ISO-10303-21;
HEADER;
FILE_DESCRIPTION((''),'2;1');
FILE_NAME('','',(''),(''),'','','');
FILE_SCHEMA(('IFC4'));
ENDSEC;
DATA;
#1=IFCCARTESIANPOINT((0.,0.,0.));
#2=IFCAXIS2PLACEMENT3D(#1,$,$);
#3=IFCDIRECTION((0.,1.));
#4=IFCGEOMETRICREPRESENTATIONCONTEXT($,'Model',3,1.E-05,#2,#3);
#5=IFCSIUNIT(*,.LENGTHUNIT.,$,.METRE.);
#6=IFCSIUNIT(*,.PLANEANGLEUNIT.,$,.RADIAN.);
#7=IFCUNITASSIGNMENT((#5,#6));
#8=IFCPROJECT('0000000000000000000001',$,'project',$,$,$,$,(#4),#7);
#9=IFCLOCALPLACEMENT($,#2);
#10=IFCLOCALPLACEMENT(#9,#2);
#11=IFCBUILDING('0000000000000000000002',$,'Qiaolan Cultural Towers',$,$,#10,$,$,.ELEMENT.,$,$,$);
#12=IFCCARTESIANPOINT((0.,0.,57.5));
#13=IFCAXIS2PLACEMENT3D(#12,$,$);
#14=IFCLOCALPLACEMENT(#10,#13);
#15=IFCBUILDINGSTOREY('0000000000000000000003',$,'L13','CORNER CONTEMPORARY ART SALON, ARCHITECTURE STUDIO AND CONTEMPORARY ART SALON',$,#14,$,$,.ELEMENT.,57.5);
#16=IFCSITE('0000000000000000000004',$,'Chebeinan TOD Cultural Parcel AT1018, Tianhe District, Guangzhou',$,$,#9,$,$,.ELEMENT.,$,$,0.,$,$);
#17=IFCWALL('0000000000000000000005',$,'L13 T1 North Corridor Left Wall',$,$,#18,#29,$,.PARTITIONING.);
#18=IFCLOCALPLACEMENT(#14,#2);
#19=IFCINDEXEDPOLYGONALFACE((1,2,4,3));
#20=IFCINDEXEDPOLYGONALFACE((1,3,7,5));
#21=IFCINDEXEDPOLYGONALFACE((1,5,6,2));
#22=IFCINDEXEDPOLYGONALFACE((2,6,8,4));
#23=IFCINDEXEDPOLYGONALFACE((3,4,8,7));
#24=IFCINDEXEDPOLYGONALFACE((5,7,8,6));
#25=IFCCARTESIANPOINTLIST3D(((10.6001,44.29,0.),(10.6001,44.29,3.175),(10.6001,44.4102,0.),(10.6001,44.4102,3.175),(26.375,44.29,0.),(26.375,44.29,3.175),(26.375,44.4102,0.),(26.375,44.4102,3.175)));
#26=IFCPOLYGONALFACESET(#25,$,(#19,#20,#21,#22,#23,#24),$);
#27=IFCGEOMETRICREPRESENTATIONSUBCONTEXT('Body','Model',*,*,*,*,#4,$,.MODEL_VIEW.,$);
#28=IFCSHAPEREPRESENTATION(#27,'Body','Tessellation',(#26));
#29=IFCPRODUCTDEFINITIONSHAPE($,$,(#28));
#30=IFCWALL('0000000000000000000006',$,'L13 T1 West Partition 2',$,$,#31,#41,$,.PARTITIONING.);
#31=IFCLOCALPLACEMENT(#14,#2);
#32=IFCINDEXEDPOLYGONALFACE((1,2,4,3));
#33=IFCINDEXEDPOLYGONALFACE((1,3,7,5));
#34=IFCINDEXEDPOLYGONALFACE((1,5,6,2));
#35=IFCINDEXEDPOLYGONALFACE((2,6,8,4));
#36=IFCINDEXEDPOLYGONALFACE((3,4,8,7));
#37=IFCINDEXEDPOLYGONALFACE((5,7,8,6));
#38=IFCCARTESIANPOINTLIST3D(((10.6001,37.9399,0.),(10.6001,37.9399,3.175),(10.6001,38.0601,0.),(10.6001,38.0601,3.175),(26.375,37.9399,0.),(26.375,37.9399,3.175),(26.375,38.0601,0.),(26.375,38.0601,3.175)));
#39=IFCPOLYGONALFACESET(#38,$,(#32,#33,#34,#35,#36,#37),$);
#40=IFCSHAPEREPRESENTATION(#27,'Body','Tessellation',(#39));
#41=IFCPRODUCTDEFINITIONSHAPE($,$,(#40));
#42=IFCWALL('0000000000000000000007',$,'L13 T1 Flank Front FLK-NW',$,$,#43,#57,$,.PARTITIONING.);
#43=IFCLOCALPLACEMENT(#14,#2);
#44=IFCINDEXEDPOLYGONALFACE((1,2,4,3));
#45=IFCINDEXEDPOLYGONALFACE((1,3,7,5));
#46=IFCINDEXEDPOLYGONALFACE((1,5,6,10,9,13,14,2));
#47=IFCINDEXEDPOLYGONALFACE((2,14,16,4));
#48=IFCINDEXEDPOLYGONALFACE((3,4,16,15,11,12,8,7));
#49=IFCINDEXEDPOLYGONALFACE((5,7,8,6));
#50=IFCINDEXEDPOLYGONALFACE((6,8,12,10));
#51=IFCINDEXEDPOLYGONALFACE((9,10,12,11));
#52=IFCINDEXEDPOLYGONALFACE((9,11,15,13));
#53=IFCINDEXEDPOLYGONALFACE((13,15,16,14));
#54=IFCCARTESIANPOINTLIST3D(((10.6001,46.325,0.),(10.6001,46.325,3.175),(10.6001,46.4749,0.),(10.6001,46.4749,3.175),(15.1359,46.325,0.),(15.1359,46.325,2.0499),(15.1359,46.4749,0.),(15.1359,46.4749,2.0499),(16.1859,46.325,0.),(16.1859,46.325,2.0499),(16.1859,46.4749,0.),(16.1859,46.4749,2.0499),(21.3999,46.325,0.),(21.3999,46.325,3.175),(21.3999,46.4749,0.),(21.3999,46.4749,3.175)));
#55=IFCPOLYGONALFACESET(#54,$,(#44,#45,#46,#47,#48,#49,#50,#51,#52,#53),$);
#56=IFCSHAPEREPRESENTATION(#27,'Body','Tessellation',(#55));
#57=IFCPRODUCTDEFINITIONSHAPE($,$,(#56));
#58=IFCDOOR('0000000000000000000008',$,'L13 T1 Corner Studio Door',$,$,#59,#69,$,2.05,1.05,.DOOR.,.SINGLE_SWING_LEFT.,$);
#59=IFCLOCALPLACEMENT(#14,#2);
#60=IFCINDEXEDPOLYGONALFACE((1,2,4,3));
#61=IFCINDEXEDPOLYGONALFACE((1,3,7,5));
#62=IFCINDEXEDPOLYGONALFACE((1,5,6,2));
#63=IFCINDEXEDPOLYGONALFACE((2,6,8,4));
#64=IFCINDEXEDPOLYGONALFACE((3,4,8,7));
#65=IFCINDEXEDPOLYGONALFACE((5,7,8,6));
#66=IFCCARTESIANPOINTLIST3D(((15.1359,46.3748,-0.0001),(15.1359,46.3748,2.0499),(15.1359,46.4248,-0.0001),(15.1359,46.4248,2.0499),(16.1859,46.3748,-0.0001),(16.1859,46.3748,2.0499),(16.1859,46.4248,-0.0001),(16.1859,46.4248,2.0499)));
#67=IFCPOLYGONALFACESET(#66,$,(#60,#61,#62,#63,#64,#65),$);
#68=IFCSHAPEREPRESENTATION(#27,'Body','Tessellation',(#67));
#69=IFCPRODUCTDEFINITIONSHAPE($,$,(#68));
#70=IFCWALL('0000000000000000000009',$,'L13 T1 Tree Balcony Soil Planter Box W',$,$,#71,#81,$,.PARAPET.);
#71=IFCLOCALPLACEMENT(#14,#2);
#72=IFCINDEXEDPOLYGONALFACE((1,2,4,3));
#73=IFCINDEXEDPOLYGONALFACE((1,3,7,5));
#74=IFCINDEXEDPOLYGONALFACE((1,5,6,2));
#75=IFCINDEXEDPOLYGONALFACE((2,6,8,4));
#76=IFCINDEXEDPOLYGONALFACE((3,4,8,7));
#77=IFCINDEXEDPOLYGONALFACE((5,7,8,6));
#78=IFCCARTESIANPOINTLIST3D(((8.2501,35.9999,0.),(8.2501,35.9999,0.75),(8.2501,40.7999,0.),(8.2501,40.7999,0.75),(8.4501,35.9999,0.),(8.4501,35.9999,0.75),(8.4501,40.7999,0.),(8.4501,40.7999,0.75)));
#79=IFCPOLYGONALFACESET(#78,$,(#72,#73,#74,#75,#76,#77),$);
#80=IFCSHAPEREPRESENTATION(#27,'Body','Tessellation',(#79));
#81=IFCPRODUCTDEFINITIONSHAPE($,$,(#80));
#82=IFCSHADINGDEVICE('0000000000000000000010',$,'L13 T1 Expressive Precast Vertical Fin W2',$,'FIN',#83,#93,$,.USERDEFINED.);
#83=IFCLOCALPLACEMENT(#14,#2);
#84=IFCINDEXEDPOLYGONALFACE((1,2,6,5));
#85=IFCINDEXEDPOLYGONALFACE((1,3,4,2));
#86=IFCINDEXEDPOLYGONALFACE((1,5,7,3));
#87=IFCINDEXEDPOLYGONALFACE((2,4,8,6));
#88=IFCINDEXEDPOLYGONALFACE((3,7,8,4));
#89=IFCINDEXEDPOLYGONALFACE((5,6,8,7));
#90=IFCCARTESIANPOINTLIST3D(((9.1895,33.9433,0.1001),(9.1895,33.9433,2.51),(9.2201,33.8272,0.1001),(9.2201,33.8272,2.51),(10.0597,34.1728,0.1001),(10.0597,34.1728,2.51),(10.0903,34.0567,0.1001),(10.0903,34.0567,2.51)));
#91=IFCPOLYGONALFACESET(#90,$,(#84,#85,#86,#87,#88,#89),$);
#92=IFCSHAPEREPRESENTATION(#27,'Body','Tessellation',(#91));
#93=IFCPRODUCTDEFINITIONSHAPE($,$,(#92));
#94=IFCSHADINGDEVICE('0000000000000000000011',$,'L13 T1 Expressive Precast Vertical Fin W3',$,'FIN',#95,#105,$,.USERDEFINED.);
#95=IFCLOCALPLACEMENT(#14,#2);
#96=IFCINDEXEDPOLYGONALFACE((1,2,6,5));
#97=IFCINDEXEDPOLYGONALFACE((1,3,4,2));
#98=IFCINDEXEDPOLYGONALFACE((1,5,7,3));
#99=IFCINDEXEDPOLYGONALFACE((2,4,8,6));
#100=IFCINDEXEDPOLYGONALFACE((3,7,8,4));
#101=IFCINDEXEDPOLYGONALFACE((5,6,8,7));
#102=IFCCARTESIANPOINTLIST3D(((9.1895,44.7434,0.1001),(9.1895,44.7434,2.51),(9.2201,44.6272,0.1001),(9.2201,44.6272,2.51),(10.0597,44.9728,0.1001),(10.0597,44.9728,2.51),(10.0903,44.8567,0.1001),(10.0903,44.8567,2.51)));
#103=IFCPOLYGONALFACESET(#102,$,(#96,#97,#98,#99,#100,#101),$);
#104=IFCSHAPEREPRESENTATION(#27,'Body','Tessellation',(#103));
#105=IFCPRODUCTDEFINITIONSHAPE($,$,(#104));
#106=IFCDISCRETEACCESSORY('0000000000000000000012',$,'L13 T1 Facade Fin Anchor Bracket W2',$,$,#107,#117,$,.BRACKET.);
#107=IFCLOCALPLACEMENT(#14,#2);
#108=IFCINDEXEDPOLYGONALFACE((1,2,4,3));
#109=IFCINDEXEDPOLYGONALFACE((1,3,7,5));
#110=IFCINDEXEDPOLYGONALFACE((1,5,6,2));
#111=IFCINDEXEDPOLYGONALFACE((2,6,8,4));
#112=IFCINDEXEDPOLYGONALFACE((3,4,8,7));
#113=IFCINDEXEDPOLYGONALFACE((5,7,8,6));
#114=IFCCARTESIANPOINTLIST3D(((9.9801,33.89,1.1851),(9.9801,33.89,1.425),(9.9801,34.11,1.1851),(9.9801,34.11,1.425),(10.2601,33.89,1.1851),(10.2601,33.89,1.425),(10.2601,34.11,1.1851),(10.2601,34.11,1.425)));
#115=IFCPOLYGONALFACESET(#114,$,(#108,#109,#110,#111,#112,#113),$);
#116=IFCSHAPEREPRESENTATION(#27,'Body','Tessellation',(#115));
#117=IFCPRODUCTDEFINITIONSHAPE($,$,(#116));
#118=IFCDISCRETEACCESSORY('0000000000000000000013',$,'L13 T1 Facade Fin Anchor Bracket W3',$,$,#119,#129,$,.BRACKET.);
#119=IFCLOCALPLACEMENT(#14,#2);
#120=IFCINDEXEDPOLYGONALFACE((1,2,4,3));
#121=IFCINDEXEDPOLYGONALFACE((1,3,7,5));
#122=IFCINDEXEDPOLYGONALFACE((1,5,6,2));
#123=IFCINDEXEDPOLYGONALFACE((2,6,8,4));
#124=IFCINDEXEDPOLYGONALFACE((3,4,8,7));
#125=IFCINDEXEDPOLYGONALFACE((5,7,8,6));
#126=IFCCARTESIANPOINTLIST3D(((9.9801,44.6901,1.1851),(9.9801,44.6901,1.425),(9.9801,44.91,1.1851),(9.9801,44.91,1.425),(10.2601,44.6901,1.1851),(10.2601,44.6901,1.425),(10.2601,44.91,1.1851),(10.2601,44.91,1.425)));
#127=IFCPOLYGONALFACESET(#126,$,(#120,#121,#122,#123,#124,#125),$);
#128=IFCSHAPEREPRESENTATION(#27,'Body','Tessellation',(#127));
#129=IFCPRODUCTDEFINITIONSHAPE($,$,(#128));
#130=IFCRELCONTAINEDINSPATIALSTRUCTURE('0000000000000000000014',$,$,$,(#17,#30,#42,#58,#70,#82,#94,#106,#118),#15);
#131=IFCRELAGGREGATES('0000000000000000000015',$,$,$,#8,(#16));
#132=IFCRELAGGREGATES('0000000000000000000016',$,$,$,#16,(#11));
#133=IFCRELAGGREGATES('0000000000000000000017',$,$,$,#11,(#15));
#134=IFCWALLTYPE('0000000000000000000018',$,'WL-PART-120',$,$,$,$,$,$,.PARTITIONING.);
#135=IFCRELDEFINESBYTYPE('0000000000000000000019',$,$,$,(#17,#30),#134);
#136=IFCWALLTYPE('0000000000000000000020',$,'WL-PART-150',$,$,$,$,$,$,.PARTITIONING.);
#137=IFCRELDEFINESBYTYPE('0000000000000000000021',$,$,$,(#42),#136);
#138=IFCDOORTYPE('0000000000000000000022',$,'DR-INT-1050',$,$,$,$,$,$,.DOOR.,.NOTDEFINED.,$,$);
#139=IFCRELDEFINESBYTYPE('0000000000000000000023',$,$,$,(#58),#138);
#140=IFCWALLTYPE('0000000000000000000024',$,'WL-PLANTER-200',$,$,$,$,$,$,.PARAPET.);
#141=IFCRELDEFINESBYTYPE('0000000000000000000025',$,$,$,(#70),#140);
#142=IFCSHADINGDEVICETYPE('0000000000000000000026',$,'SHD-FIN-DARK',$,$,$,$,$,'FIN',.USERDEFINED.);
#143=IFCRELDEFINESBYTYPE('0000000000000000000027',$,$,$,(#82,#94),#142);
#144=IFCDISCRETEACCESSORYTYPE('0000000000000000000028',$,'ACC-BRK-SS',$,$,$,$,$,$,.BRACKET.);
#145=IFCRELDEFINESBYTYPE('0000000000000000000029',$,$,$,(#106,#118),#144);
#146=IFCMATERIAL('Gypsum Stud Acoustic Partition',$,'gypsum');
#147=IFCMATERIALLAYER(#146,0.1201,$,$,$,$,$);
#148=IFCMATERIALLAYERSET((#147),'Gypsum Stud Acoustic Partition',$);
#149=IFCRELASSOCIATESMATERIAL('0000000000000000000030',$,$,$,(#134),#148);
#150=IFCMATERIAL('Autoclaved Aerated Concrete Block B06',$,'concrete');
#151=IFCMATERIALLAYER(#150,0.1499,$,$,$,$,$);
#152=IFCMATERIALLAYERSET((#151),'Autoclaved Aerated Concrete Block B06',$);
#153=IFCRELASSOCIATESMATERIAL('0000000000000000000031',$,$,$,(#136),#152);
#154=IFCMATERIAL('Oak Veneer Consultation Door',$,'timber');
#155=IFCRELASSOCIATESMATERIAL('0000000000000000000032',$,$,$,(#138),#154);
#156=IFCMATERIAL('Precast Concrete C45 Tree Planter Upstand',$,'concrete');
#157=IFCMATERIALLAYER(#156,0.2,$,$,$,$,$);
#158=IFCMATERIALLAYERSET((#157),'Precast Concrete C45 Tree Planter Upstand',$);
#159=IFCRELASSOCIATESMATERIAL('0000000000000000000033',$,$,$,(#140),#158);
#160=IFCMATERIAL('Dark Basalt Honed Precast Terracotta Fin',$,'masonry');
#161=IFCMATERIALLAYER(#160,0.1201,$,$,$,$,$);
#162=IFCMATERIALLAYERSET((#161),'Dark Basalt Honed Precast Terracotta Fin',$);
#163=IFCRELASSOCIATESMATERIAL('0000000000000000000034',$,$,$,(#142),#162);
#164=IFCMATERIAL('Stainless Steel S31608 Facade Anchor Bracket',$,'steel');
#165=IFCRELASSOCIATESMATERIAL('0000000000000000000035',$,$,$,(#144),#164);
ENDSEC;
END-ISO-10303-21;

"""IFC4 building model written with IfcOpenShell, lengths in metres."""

from ifc_helpers import new_model, si_unit, direction, frame, frame_2d, origin, origin_2d, place, context, subcontext, project, spatial, rectangle, extrude, material, layer, layer_set, type_object, element, fill, save


model = new_model("IFC4")

# Units and contexts
model_context = context("Model", 3, precision=1e-05, world=origin(), true_north=direction((0.0, 1.0)))
body_context = subcontext(model_context, "Body", "Model", "MODEL_VIEW")
ifc_project = project(units=[si_unit("LENGTHUNIT", "METRE"), si_unit("PLANEANGLEUNIT", "RADIAN")], contexts=[model_context])

# Site, building, storey
site_placement = place(None, origin())
site = spatial("IfcSite", under=ifc_project, at=site_placement, Name="Chebeinan TOD Cultural Parcel AT1018, Tianhe District, Guangzhou", CompositionType="ELEMENT", RefElevation=0.0)
building_placement = place(site_placement, origin())
building = spatial("IfcBuilding", under=site, at=building_placement, Name="Qiaolan Cultural Towers", CompositionType="ELEMENT")
storey_placement = place(building_placement, frame((0.0, 0.0, 57.5)))
storey = spatial("IfcBuildingStorey", under=building, at=storey_placement, Name="L13", Description="CORNER CONTEMPORARY ART SALON, ARCHITECTURE STUDIO AND CONTEMPORARY ART SALON", CompositionType="ELEMENT", Elevation=57.5)

# Walls
ifc_material_1 = material(Name="Gypsum Stud Acoustic Partition", Category="gypsum")
ifc_layer_1 = layer(ifc_material_1, 0.1201)
ifc_layer_set_1 = layer_set([ifc_layer_1], Name="Gypsum Stud Acoustic Partition")
wall_type_1 = type_object("IfcWallType", Name="WL-PART-120", PredefinedType="PARTITIONING", material=ifc_layer_set_1)
for number, where, z_axis, x_axis, name in (
    (1, (10.6001, 44.3501, 0.0), (0.0, 0.0, 1.0), (1.0, 0.0, 0.0), "L13 T1 North Corridor Left Wall"),
    (2, (10.6001, 38.0, 0.0), (0.0, 0.0, 1.0), (1.0, 0.0, 0.0), "L13 T1 West Partition 2"),
):
    element("IfcWall", number, at=place(storey_placement, frame(where, z_axis=z_axis, x_axis=x_axis)), inside=storey, type_object=wall_type_1, Name=name, PredefinedType="PARTITIONING", context=body_context, shape_type="SweptSolid", body=[
        extrude(rectangle(XDim=15.7749, YDim=0.1201, at=frame_2d((7.8875, 0.0))), origin(), (0.0, 0.0, 1.0), 3.175),
    ])

# Wall, opening, door
ifc_material_2 = material(Name="Autoclaved Aerated Concrete Block B06", Category="concrete")
ifc_layer_2 = layer(ifc_material_2, 0.1499)
ifc_layer_set_2 = layer_set([ifc_layer_2], Name="Autoclaved Aerated Concrete Block B06")
wall_type_2 = type_object("IfcWallType", Name="WL-PART-150", PredefinedType="PARTITIONING", material=ifc_layer_set_2)
wall_1_placement = place(storey_placement, frame((10.6001, 46.3999, 0.0), z_axis=(0.0, 0.0, 1.0), x_axis=(1.0, 0.0, 0.0)))
wall_1 = element("IfcWall", 3, at=wall_1_placement, inside=storey, type_object=wall_type_2, Name="L13 T1 Flank Front FLK-NW", PredefinedType="PARTITIONING", context=body_context, shape_type="SweptSolid", body=[
    extrude(rectangle(XDim=10.7998, YDim=0.1499, at=frame_2d((5.3999, 0.0))), origin(), (0.0, 0.0, 1.0), 3.175),
])
opening_1_placement = place(wall_1_placement, frame((4.5359, 0.0, 0.0)))
opening_1 = element("IfcOpeningElement", 4, at=opening_1_placement, cuts=wall_1, PredefinedType="OPENING", context=body_context, shape_type="SweptSolid", body=[
    extrude(rectangle(XDim=1.05, YDim=2.05, at=frame_2d((0.5249, 1.0249))), frame((0.0, 0.085, 0.0), z_axis=(0.0, -1.0, 0.0), x_axis=(1.0, 0.0, 0.0)), (0.0, 0.0, 1.0), 0.1699),
])
ifc_material_3 = material(Name="Oak Veneer Consultation Door", Category="timber")
door_type_1 = type_object("IfcDoorType", Name="DR-INT-1050", OperationType="NOTDEFINED", PredefinedType="DOOR", material=ifc_material_3)
door_1_placement = place(opening_1_placement, origin())
door_1 = element("IfcDoor", 5, at=door_1_placement, inside=storey, type_object=door_type_1, Name="L13 T1 Corner Studio Door", OperationType="SINGLE_SWING_LEFT", OverallHeight=2.05, OverallWidth=1.05, PredefinedType="DOOR", context=body_context, shape_type="SweptSolid", body=[
    extrude(rectangle(XDim=1.05, YDim=2.05, at=frame_2d((0.5249, 1.0249))), frame((0.0, 0.0249, 0.0), z_axis=(0.0, -1.0, 0.0), x_axis=(1.0, 0.0, 0.0)), (0.0, 0.0, 1.0), 0.05),
])
fill(opening_1, door_1)

# Wall
ifc_material_4 = material(Name="Precast Concrete C45 Tree Planter Upstand", Category="concrete")
ifc_layer_3 = layer(ifc_material_4, 0.2)
ifc_layer_set_3 = layer_set([ifc_layer_3], Name="Precast Concrete C45 Tree Planter Upstand")
wall_type_3 = type_object("IfcWallType", Name="WL-PLANTER-200", PredefinedType="PARAPET", material=ifc_layer_set_3)
wall_2_placement = place(storey_placement, frame((8.3501, 36.0, 0.0), z_axis=(0.0, 0.0, 1.0), x_axis=(0.0, 1.0, 0.0)))
element("IfcWall", 6, at=wall_2_placement, inside=storey, type_object=wall_type_3, Name="L13 T1 Tree Balcony Soil Planter Box W", PredefinedType="PARAPET", context=body_context, shape_type="SweptSolid", body=[
    extrude(rectangle(XDim=4.8, YDim=0.2, at=frame_2d((2.3999, 0.0))), origin(), (0.0, 0.0, 1.0), 0.75),
])

# Shading devices
ifc_material_5 = material(Name="Dark Basalt Honed Precast Terracotta Fin", Category="masonry")
ifc_layer_4 = layer(ifc_material_5, 0.1201)
ifc_layer_set_4 = layer_set([ifc_layer_4], Name="Dark Basalt Honed Precast Terracotta Fin")
shading_device_type = type_object("IfcShadingDeviceType", Name="SHD-FIN-DARK", ElementType="FIN", PredefinedType="USERDEFINED", material=ifc_layer_set_4)
for number, where, z_axis, x_axis, name in (
    (7, (9.6399, 34.0, 0.1001), (0.0, 0.0, 1.0), (0.966948, 0.254975, 0.0), "L13 T1 Expressive Precast Vertical Fin W2"),
    (8, (9.6399, 44.8, 0.1001), (0.0, 0.0, 1.0), (0.966948, 0.254975, 0.0), "L13 T1 Expressive Precast Vertical Fin W3"),
):
    element("IfcShadingDevice", number, at=place(storey_placement, frame(where, z_axis=z_axis, x_axis=x_axis)), inside=storey, type_object=shading_device_type, Name=name, ObjectType="FIN", PredefinedType="USERDEFINED", context=body_context, shape_type="SweptSolid", body=[
        extrude(rectangle(XDim=0.8999, YDim=0.1201, at=origin_2d()), origin(), (0.0, 0.0, 1.0), 2.4099),
    ])

# Discrete accessories
ifc_material_6 = material(Name="Stainless Steel S31608 Facade Anchor Bracket", Category="steel")
discrete_accessory_type = type_object("IfcDiscreteAccessoryType", Name="ACC-BRK-SS", PredefinedType="BRACKET", material=ifc_material_6)
for number, where, z_axis, x_axis, name in (
    (9, (10.1201, 34.0, 1.1851), (0.0, 0.0, 1.0), (1.0, 0.0, 0.0), "L13 T1 Facade Fin Anchor Bracket W2"),
    (10, (10.1201, 44.8, 1.1851), (0.0, 0.0, 1.0), (1.0, 0.0, 0.0), "L13 T1 Facade Fin Anchor Bracket W3"),
):
    element("IfcDiscreteAccessory", number, at=place(storey_placement, frame(where, z_axis=z_axis, x_axis=x_axis)), inside=storey, type_object=discrete_accessory_type, Name=name, PredefinedType="BRACKET", context=body_context, shape_type="SweptSolid", body=[
        extrude(rectangle(XDim=0.28, YDim=0.22, at=origin_2d()), origin(), (0.0, 0.0, 1.0), 0.24),
    ])

save(model, "model.ifc")
